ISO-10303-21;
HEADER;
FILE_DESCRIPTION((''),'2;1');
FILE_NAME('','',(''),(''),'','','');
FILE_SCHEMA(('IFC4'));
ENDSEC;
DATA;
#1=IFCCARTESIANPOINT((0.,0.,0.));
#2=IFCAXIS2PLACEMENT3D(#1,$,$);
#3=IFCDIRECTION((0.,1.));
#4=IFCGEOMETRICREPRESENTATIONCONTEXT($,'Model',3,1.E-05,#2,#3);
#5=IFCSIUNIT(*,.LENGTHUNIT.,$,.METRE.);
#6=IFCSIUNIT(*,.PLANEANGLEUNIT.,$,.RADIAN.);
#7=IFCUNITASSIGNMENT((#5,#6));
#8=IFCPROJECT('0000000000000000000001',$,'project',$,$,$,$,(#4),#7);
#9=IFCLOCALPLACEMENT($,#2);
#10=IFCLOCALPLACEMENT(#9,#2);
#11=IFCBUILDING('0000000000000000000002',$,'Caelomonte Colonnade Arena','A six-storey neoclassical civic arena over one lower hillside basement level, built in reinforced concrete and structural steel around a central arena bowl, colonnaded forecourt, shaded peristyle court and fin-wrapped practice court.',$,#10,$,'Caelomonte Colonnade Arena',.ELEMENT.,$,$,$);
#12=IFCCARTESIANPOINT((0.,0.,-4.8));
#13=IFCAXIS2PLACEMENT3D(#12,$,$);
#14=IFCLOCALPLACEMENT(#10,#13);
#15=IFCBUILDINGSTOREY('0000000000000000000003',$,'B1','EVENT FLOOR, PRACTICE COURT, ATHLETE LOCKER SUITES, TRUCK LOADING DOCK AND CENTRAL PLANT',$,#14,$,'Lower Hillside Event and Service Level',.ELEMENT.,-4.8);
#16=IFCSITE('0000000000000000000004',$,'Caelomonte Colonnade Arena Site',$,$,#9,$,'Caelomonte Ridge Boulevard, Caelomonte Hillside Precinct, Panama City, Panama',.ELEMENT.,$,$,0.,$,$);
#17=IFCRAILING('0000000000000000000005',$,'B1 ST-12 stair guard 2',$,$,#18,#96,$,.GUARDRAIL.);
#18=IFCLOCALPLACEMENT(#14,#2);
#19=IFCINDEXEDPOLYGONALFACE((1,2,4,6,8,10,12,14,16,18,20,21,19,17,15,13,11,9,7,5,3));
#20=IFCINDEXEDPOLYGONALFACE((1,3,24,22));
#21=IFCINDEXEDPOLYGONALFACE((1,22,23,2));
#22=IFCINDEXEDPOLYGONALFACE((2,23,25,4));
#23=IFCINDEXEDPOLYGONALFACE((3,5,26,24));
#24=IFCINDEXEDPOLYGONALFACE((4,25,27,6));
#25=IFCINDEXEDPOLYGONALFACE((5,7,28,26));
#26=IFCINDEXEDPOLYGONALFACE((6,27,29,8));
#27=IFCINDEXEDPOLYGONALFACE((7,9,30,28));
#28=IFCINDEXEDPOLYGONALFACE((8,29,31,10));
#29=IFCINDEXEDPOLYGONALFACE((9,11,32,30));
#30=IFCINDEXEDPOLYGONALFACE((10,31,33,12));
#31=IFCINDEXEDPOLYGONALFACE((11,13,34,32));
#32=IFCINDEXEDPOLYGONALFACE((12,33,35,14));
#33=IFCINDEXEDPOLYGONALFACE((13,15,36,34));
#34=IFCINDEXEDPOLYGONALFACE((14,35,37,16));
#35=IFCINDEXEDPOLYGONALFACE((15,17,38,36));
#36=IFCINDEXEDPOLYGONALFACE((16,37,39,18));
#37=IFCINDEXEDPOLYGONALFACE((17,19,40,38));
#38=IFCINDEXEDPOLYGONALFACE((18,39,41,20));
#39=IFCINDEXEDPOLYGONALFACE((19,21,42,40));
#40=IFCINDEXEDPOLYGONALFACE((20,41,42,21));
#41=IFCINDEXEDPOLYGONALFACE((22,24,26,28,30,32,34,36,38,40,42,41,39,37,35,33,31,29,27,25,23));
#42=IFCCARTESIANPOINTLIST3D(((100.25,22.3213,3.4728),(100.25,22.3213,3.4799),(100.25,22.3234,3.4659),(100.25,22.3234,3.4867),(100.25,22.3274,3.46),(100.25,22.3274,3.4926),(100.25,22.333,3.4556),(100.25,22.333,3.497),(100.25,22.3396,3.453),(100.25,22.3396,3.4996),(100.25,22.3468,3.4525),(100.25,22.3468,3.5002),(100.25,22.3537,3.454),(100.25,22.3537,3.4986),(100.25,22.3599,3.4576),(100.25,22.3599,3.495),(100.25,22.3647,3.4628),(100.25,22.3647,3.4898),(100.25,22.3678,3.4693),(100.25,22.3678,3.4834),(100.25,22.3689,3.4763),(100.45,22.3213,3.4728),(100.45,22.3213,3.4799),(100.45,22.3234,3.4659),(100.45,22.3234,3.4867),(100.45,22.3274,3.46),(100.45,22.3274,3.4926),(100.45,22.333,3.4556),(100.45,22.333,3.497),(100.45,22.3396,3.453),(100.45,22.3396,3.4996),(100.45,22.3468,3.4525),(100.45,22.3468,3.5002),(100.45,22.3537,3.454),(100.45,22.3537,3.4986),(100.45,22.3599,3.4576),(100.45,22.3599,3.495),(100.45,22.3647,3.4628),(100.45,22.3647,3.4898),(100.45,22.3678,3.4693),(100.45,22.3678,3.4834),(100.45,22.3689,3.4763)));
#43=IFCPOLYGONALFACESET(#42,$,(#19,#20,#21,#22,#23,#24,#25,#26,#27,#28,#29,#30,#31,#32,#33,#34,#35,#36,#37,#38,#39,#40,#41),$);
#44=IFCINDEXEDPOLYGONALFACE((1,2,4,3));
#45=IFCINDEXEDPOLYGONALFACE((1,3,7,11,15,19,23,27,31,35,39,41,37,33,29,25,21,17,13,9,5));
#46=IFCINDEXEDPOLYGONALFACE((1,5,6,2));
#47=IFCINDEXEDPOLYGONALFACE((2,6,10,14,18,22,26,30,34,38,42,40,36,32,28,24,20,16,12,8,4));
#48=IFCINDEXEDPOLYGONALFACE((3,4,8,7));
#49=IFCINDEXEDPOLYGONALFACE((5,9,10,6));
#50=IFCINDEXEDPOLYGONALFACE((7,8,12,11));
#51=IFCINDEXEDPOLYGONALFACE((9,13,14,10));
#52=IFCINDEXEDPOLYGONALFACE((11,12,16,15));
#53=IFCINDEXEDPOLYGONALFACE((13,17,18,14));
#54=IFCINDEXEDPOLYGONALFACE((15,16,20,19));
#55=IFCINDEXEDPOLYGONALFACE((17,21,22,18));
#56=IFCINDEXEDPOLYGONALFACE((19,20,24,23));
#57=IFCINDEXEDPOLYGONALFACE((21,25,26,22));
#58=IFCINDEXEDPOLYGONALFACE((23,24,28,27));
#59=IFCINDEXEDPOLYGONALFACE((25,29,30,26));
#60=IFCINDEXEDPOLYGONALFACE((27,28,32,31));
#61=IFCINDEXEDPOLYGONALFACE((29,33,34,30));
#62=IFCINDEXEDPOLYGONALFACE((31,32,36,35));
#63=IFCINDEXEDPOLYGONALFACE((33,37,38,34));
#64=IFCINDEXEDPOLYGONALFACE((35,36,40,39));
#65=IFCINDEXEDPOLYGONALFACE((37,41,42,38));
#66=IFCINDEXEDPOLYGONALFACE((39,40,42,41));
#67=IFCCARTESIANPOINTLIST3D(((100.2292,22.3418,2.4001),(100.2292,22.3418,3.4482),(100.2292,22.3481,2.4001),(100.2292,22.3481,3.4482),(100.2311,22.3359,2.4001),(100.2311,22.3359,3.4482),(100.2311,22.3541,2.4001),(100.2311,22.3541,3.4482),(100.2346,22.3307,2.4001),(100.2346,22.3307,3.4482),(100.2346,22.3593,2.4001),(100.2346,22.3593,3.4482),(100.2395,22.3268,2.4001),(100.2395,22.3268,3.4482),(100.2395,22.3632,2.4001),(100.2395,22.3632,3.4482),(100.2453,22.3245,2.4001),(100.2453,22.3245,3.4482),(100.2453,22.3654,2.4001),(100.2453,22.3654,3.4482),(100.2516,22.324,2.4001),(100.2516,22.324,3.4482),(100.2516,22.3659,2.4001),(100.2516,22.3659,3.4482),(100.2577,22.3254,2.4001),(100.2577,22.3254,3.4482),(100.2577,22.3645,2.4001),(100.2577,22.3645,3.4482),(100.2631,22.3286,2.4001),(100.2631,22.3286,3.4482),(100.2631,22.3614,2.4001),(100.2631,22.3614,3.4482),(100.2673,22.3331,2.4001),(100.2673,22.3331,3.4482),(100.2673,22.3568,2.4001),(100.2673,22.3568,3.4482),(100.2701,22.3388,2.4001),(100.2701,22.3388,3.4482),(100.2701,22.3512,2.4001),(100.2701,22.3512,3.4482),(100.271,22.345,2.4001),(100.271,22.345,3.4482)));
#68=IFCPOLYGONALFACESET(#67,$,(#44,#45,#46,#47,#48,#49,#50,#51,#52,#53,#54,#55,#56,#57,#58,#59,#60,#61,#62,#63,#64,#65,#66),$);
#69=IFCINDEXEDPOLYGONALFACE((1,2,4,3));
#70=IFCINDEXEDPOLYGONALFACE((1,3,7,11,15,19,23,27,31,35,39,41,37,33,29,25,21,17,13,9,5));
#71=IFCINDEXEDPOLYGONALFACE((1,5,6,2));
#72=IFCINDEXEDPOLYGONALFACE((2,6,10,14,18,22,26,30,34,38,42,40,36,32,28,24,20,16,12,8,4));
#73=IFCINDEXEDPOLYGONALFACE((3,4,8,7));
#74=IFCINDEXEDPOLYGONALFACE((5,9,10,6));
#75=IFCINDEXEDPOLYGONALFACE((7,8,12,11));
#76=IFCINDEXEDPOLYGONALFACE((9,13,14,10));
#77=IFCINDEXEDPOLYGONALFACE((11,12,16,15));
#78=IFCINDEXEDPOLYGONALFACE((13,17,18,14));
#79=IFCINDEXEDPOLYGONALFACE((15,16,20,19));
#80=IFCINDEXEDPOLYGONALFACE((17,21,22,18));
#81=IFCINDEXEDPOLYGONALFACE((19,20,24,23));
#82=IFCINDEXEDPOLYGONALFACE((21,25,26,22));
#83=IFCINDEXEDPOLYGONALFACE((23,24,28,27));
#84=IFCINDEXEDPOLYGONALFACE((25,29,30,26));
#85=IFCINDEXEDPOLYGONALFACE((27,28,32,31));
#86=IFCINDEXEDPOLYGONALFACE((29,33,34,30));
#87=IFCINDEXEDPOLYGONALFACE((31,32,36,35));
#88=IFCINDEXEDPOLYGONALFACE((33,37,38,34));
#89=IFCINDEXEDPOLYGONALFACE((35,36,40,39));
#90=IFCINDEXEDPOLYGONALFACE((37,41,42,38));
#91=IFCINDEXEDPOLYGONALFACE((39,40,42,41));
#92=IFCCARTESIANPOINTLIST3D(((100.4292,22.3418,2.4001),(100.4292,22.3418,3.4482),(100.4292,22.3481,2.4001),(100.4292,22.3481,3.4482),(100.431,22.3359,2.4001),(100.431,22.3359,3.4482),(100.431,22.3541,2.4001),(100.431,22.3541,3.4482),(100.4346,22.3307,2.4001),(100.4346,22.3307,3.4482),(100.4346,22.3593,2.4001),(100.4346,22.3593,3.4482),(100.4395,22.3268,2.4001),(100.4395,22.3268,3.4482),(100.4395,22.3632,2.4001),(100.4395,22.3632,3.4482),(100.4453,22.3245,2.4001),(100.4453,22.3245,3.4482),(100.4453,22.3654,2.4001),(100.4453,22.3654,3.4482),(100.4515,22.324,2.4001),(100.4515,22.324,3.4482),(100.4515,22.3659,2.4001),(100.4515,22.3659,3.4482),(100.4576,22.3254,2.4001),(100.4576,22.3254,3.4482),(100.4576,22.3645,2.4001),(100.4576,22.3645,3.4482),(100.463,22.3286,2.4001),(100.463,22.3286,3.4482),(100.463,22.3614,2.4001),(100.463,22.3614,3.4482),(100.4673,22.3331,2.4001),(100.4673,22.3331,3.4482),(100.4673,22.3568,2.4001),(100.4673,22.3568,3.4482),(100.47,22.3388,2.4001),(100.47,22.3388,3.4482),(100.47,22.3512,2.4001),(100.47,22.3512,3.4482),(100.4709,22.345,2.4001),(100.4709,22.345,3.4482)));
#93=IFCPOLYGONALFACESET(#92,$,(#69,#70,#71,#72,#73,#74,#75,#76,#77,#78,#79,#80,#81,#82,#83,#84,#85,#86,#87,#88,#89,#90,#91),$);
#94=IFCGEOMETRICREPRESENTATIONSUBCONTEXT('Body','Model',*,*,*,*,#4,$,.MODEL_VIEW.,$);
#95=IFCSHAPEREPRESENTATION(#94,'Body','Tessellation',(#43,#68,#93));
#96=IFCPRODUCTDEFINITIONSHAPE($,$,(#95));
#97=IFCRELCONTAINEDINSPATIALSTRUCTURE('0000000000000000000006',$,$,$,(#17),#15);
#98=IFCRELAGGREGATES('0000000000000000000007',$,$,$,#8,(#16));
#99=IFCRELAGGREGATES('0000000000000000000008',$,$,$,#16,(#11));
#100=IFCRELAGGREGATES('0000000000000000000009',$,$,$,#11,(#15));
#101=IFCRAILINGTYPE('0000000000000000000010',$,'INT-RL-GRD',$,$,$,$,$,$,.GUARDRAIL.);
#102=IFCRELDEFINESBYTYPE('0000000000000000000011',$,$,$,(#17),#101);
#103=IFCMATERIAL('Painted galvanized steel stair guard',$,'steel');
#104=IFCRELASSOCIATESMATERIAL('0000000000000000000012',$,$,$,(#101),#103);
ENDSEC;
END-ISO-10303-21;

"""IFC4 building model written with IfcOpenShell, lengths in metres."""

from ifc_helpers import new_model, si_unit, direction, frame, origin, origin_2d, place, context, subcontext, project, spatial, circle, extrude, material, type_object, element, save


model = new_model("IFC4")

# Units and contexts
model_context = context("Model", 3, precision=1e-05, world=origin(), true_north=direction((0.0, 1.0)))
body_context = subcontext(model_context, "Body", "Model", "MODEL_VIEW")
ifc_project = project(units=[si_unit("LENGTHUNIT", "METRE"), si_unit("PLANEANGLEUNIT", "RADIAN")], contexts=[model_context])

# Site, building, storey
site_placement = place(None, origin())
site = spatial("IfcSite", under=ifc_project, at=site_placement, Name="Caelomonte Colonnade Arena Site", LongName="Caelomonte Ridge Boulevard, Caelomonte Hillside Precinct, Panama City, Panama", CompositionType="ELEMENT", RefElevation=0.0)
building_placement = place(site_placement, origin())
building = spatial("IfcBuilding", under=site, at=building_placement, Name="Caelomonte Colonnade Arena", Description="A six-storey neoclassical civic arena over one lower hillside basement level, built in reinforced concrete and structural steel around a central arena bowl, colonnaded forecourt, shaded peristyle court and fin-wrapped practice court.", LongName="Caelomonte Colonnade Arena", CompositionType="ELEMENT")
storey_placement = place(building_placement, frame((0.0, 0.0, -4.8)))
storey = spatial("IfcBuildingStorey", under=building, at=storey_placement, Name="B1", Description="EVENT FLOOR, PRACTICE COURT, ATHLETE LOCKER SUITES, TRUCK LOADING DOCK AND CENTRAL PLANT", LongName="Lower Hillside Event and Service Level", CompositionType="ELEMENT", Elevation=-4.8)

# Railing
ifc_material_1 = material(Name="Painted galvanized steel stair guard", Category="steel")
railing_type_1 = type_object("IfcRailingType", Name="INT-RL-GRD", PredefinedType="GUARDRAIL", material=ifc_material_1)
railing_1_placement = place(storey_placement, frame((100.25, 22.345, 2.4001)))
element("IfcRailing", 1, at=railing_1_placement, inside=storey, type_object=railing_type_1, Name="B1 ST-12 stair guard 2", PredefinedType="GUARDRAIL", context=body_context, shape_type="SweptSolid", body=[
    extrude(circle(Radius=0.0239, at=origin_2d()), frame((0.0, 0.0, 1.0762), z_axis=(1.0, 0.0, 0.0), x_axis=(0.0, 1.0, 0.0)), (0.0, 0.0, 1.0), 0.2),
    extrude(circle(Radius=0.021, at=origin_2d()), origin(), (0.0, 0.0, 1.0), 1.0481),
    extrude(circle(Radius=0.021, at=origin_2d()), frame((0.2, 0.0, 0.0)), (0.0, 0.0, 1.0), 1.0481),
])

save(model, "model.ifc")
